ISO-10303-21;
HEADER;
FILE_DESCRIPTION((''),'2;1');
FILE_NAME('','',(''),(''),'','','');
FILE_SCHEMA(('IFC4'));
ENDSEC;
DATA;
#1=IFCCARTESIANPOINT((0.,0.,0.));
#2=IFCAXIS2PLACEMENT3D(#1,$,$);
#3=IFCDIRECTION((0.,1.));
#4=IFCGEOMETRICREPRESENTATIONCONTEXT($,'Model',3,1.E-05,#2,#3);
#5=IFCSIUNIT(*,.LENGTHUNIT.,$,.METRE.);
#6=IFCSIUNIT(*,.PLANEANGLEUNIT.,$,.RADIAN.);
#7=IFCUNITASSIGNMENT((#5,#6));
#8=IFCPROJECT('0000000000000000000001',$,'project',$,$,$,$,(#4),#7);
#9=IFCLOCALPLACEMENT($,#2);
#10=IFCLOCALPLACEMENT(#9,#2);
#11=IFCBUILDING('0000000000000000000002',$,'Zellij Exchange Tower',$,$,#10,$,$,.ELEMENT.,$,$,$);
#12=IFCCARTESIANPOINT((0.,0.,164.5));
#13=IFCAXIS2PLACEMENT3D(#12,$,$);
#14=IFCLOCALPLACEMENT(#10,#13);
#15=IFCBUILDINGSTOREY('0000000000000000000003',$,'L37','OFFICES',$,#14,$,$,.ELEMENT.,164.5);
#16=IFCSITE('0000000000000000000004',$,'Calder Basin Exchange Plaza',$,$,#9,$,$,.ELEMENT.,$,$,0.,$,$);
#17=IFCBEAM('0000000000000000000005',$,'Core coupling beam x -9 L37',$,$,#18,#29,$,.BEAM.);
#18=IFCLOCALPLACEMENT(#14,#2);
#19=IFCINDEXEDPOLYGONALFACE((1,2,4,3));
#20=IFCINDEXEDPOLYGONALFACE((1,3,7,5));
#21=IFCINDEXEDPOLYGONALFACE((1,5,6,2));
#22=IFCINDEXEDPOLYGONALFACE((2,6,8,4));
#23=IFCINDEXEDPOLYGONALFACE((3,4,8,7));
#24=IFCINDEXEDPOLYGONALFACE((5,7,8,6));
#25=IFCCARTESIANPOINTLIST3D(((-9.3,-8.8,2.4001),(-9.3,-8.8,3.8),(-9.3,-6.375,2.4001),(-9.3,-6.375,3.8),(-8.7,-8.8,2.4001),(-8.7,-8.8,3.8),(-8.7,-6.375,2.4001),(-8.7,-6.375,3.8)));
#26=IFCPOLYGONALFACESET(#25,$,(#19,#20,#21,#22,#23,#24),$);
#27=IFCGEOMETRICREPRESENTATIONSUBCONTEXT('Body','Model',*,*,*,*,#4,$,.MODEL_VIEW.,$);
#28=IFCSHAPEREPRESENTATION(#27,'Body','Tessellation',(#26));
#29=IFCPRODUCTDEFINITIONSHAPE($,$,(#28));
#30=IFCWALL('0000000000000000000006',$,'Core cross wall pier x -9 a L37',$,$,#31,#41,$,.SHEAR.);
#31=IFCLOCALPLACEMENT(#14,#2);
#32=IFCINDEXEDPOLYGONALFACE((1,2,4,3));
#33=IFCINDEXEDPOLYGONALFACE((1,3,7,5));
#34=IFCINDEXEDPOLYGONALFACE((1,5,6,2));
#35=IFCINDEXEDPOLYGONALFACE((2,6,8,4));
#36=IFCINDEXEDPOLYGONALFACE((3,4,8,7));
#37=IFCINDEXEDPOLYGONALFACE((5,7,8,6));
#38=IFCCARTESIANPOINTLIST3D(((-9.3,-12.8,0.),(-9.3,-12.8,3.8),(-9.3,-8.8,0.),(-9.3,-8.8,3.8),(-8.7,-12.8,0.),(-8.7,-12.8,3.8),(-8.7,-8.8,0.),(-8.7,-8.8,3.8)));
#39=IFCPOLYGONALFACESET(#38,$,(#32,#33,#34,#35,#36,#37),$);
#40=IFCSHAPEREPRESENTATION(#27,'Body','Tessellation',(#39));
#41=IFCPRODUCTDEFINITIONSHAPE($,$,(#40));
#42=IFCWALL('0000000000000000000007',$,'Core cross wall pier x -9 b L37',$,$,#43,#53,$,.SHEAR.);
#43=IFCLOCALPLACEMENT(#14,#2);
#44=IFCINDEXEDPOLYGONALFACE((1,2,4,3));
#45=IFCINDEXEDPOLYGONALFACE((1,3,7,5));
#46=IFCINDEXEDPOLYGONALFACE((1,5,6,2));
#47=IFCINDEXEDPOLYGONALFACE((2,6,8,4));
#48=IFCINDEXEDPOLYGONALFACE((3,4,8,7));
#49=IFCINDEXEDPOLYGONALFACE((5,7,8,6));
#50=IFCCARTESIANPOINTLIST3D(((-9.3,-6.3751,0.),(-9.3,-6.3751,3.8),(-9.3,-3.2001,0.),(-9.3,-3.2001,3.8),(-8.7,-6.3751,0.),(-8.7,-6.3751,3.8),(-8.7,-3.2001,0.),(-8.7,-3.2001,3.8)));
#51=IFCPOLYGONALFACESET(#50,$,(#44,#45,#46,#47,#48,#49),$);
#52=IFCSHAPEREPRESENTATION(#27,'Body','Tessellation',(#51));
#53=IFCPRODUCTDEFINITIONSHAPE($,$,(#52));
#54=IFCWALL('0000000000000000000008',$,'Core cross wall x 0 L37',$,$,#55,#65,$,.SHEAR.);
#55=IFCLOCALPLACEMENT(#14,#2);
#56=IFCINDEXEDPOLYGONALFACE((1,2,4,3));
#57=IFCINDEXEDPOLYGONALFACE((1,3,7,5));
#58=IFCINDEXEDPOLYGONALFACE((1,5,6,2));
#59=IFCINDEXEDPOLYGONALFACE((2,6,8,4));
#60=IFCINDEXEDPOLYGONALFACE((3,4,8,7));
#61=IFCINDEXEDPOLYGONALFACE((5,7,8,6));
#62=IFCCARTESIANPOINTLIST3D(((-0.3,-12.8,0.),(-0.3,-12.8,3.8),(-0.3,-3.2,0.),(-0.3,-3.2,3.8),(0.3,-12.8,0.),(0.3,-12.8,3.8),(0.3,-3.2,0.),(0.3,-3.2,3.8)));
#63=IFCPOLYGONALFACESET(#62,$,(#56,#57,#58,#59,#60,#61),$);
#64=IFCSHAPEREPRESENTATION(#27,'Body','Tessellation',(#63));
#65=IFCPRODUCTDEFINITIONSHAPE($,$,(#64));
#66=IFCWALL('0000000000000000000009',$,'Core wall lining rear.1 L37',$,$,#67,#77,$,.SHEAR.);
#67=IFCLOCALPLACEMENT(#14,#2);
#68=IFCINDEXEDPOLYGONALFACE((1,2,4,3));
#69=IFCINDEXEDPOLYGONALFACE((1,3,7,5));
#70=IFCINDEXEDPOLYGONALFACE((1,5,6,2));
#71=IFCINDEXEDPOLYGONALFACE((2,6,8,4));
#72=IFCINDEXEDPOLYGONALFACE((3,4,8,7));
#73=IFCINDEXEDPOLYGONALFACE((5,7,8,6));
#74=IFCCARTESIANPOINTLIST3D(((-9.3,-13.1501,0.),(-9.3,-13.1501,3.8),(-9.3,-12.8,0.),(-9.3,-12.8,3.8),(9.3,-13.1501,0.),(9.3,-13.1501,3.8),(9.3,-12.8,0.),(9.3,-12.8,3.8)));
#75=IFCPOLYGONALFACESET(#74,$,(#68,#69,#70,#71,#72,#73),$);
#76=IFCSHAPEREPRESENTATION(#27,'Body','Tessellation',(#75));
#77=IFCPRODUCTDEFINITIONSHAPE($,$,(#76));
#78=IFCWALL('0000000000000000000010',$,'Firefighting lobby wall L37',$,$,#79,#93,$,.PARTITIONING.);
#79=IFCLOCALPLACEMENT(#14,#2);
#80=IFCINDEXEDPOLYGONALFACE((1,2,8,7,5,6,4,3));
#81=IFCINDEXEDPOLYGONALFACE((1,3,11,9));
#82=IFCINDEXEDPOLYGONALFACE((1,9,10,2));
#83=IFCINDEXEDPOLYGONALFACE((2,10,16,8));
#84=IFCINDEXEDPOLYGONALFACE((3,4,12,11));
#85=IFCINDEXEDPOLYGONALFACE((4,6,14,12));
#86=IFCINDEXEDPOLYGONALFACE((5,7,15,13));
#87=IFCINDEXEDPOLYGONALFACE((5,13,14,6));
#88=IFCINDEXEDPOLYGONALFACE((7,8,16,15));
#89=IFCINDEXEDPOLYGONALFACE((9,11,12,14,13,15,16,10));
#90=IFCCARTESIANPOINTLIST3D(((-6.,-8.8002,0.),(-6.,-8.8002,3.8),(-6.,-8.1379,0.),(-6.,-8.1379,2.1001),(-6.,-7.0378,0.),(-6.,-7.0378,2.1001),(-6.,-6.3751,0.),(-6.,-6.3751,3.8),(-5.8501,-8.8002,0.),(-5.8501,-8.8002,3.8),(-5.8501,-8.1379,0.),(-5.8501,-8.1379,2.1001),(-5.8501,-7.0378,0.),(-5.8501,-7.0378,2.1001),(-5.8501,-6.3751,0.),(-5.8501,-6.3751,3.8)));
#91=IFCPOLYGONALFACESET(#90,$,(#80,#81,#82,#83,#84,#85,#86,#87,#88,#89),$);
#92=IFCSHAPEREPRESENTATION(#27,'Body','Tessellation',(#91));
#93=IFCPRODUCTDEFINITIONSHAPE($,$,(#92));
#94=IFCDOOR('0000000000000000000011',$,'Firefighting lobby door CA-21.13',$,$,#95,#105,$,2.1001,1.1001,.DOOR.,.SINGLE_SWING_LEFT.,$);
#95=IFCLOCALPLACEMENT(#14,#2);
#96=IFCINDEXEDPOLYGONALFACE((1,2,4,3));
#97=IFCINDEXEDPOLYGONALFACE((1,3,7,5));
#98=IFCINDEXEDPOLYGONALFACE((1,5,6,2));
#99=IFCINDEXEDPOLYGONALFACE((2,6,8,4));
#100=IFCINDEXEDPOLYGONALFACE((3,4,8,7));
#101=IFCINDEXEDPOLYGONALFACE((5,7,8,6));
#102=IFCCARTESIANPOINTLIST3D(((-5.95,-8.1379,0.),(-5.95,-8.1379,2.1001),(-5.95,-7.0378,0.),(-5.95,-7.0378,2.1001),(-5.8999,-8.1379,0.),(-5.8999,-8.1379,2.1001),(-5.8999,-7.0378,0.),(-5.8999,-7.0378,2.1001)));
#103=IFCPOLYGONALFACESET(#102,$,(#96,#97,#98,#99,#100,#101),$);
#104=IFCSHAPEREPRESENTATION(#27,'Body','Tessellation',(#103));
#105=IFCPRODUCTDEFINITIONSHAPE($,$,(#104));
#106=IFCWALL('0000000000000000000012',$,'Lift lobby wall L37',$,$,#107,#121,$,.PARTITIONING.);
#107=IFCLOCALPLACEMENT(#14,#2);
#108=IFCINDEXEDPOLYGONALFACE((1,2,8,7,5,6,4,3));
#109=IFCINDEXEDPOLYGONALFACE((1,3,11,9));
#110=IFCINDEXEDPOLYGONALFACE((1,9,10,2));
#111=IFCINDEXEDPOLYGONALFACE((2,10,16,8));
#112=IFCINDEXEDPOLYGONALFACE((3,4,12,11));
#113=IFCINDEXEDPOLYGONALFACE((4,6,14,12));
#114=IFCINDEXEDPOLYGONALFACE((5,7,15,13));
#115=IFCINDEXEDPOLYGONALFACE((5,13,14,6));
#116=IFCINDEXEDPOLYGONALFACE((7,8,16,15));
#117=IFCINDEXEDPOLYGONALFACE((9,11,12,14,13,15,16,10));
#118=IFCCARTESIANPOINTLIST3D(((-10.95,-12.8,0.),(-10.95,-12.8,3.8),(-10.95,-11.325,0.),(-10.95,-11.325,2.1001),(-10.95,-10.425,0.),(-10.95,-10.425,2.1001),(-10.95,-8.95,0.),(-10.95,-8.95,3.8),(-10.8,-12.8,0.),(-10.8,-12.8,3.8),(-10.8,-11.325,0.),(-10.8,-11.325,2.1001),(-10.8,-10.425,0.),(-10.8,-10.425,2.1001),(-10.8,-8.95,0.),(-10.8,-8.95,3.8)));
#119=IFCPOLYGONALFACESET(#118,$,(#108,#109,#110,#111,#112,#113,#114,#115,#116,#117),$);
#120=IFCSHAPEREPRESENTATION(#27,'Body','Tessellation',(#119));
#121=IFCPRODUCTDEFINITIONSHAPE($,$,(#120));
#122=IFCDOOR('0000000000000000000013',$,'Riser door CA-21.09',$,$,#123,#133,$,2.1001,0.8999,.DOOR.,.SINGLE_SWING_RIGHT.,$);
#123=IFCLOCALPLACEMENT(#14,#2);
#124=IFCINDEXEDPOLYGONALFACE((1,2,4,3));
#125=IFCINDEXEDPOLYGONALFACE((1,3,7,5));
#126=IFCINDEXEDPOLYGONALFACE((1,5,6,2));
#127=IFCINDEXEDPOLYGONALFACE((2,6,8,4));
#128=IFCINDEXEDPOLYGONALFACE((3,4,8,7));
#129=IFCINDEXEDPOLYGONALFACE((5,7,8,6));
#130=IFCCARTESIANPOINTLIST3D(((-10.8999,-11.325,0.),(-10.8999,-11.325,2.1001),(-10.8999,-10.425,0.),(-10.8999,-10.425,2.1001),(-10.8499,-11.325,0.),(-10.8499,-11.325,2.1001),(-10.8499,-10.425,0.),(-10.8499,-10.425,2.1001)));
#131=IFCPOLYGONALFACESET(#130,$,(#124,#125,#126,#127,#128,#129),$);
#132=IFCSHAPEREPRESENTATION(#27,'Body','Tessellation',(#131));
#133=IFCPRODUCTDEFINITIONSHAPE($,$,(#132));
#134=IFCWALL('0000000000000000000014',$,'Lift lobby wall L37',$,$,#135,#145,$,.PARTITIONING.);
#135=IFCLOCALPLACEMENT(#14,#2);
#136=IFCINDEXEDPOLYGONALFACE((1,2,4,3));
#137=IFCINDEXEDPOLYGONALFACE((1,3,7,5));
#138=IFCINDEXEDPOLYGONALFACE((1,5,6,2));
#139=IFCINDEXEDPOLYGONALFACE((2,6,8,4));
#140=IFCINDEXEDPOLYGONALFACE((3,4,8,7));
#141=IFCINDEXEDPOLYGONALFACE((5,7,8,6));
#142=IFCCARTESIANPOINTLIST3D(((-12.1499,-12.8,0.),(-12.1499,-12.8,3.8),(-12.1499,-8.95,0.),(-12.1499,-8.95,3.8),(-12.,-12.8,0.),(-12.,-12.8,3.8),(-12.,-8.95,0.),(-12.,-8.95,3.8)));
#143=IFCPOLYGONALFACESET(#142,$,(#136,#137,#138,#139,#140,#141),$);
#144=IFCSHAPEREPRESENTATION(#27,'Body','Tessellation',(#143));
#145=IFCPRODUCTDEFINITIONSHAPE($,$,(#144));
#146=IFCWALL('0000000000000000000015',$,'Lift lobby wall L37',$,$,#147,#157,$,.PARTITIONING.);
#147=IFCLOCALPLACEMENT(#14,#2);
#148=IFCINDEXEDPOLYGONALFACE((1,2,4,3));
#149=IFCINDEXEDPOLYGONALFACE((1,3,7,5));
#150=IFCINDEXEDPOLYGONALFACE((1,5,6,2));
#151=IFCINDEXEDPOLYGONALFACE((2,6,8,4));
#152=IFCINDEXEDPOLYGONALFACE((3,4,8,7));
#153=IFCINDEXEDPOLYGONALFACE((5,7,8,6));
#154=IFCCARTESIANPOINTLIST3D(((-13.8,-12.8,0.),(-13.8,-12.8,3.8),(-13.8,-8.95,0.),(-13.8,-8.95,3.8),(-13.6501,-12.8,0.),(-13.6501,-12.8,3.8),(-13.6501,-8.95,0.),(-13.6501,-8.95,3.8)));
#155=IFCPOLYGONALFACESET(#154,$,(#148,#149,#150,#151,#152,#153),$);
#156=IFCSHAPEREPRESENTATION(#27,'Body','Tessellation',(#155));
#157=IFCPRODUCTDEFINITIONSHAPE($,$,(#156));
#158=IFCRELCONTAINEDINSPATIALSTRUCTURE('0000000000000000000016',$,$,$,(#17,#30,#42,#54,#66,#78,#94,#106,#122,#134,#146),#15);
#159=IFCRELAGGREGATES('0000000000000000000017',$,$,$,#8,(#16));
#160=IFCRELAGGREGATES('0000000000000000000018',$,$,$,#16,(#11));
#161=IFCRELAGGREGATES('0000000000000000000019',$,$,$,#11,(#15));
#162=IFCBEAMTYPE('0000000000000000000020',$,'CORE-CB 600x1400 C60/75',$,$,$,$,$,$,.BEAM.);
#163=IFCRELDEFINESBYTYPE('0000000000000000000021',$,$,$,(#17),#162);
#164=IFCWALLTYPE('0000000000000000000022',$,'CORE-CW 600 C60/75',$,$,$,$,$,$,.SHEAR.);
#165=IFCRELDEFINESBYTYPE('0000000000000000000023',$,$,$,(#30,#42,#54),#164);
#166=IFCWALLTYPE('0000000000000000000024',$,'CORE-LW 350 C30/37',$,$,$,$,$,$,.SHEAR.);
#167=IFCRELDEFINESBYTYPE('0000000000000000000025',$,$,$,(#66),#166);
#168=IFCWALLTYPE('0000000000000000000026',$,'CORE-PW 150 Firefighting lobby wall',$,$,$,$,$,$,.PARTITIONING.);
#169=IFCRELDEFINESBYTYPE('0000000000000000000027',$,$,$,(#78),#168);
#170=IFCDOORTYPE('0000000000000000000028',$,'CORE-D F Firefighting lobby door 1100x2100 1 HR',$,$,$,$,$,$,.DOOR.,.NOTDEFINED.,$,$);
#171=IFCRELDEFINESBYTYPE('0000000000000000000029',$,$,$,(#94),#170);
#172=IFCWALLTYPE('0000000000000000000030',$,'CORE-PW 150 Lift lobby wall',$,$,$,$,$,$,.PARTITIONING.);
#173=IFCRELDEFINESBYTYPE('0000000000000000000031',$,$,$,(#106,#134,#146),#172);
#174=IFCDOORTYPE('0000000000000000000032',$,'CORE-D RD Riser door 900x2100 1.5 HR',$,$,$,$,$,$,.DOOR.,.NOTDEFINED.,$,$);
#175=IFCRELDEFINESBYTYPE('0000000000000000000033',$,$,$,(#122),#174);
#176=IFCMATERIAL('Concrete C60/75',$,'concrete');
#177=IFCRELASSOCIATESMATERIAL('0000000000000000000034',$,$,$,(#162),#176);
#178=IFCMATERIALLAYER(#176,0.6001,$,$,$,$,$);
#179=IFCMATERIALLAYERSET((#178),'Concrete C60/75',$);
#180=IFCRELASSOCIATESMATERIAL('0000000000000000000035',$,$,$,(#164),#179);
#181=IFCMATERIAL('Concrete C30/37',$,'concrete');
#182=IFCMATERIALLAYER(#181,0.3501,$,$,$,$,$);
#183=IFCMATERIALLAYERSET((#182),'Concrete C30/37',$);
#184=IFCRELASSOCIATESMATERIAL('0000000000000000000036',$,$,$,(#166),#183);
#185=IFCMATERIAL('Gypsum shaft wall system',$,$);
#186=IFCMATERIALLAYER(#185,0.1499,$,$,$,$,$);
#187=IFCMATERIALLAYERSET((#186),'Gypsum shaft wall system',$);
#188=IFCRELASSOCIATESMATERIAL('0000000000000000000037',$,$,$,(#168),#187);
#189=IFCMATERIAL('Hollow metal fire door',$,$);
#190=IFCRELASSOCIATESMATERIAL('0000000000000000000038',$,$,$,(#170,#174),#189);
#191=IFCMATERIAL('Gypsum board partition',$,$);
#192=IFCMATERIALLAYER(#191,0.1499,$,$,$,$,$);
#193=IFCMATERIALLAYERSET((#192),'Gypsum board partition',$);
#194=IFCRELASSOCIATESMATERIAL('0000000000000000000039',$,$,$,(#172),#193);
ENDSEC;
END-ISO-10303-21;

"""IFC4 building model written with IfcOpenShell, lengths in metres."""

from ifc_helpers import new_model, si_unit, direction, frame, frame_2d, origin, origin_2d, place, context, subcontext, project, spatial, rectangle, extrude, material, layer, layer_set, material_profile, profile_set, type_object, element, fill, save


model = new_model("IFC4")

# Units and contexts
model_context = context("Model", 3, precision=1e-05, world=origin(), true_north=direction((0.0, 1.0)))
body_context = subcontext(model_context, "Body", "Model", "MODEL_VIEW")
ifc_project = project(units=[si_unit("LENGTHUNIT", "METRE"), si_unit("PLANEANGLEUNIT", "RADIAN")], contexts=[model_context])

# Site, building, storey
site_placement = place(None, origin())
site = spatial("IfcSite", under=ifc_project, at=site_placement, Name="Calder Basin Exchange Plaza", CompositionType="ELEMENT", RefElevation=0.0)
building_placement = place(site_placement, origin())
building = spatial("IfcBuilding", under=site, at=building_placement, Name="Zellij Exchange Tower", CompositionType="ELEMENT")
storey_placement = place(building_placement, frame((0.0, 0.0, 164.5)))
storey = spatial("IfcBuildingStorey", under=building, at=storey_placement, Name="L37", Description="OFFICES", CompositionType="ELEMENT", Elevation=164.5)

# Beam
ifc_material_1 = material(Name="Concrete C60/75", Category="concrete")
ifc_material_profile = material_profile(ifc_material_1, rectangle(XDim=0.6001, YDim=1.3999, at=origin_2d()), Name="CORE-CB 600x1400 C60/75")
ifc_profile_set = profile_set([ifc_material_profile], Name="Concrete C60/75")
beam_type = type_object("IfcBeamType", Name="CORE-CB 600x1400 C60/75", PredefinedType="BEAM", material=ifc_profile_set)
beam_placement = place(storey_placement, frame((-9.0, -8.8, 3.1001), z_axis=(0.0, 1.0, 0.0), x_axis=(-1.0, 0.0, 0.0)))
element("IfcBeam", 1, at=beam_placement, inside=storey, type_object=beam_type, Name="Core coupling beam x -9 L37", PredefinedType="BEAM", context=body_context, shape_type="SweptSolid", body=[
    extrude(rectangle(XDim=0.6001, YDim=1.3999, at=origin_2d()), origin(), (0.0, 0.0, 1.0), 2.425),
])

# Walls
ifc_layer_1 = layer(ifc_material_1, 0.6001)
ifc_layer_set_1 = layer_set([ifc_layer_1], Name="Concrete C60/75")
wall_type_1 = type_object("IfcWallType", Name="CORE-CW 600 C60/75", PredefinedType="SHEAR", material=ifc_layer_set_1)
wall_1_placement = place(storey_placement, frame((-9.0, -12.8, 0.0), z_axis=(0.0, 0.0, 1.0), x_axis=(0.0, 1.0, 0.0)))
element("IfcWall", 2, at=wall_1_placement, inside=storey, type_object=wall_type_1, Name="Core cross wall pier x -9 a L37", PredefinedType="SHEAR", context=body_context, shape_type="SweptSolid", body=[
    extrude(rectangle(XDim=4.0, YDim=0.6001, at=frame_2d((2.0, 0.0))), origin(), (0.0, 0.0, 1.0), 3.8),
])
wall_2_placement = place(storey_placement, frame((-9.0, -6.375, 0.0), z_axis=(0.0, 0.0, 1.0), x_axis=(0.0, 1.0, 0.0)))
element("IfcWall", 3, at=wall_2_placement, inside=storey, type_object=wall_type_1, Name="Core cross wall pier x -9 b L37", PredefinedType="SHEAR", context=body_context, shape_type="SweptSolid", body=[
    extrude(rectangle(XDim=3.175, YDim=0.6001, at=frame_2d((1.5874, 0.0))), origin(), (0.0, 0.0, 1.0), 3.8),
])
wall_3_placement = place(storey_placement, frame((0.0, -12.8, 0.0), z_axis=(0.0, 0.0, 1.0), x_axis=(0.0, 1.0, 0.0)))
element("IfcWall", 4, at=wall_3_placement, inside=storey, type_object=wall_type_1, Name="Core cross wall x 0 L37", PredefinedType="SHEAR", context=body_context, shape_type="SweptSolid", body=[
    extrude(rectangle(XDim=9.6001, YDim=0.6001, at=frame_2d((4.8, 0.0))), origin(), (0.0, 0.0, 1.0), 3.8),
])
ifc_material_2 = material(Name="Concrete C30/37", Category="concrete")
ifc_layer_2 = layer(ifc_material_2, 0.3501)
ifc_layer_set_2 = layer_set([ifc_layer_2], Name="Concrete C30/37")
wall_type_2 = type_object("IfcWallType", Name="CORE-LW 350 C30/37", PredefinedType="SHEAR", material=ifc_layer_set_2)
wall_4_placement = place(storey_placement, frame((-9.3, -12.9751, 0.0), z_axis=(0.0, 0.0, 1.0), x_axis=(1.0, 0.0, 0.0)))
element("IfcWall", 5, at=wall_4_placement, inside=storey, type_object=wall_type_2, Name="Core wall lining rear.1 L37", PredefinedType="SHEAR", context=body_context, shape_type="SweptSolid", body=[
    extrude(rectangle(XDim=18.6001, YDim=0.3501, at=frame_2d((9.3, 0.0))), origin(), (0.0, 0.0, 1.0), 3.8),
])

# Walls, openings, doors
ifc_material_3 = material(Name="Gypsum shaft wall system")
ifc_layer_3 = layer(ifc_material_3, 0.1499)
ifc_layer_set_3 = layer_set([ifc_layer_3], Name="Gypsum shaft wall system")
wall_type_3 = type_object("IfcWallType", Name="CORE-PW 150 Firefighting lobby wall", PredefinedType="PARTITIONING", material=ifc_layer_set_3)
wall_5_placement = place(storey_placement, frame((-5.925, -8.8, 0.0), z_axis=(0.0, 0.0, 1.0), x_axis=(0.0, 1.0, 0.0)))
wall_5 = element("IfcWall", 6, at=wall_5_placement, inside=storey, type_object=wall_type_3, Name="Firefighting lobby wall L37", PredefinedType="PARTITIONING", context=body_context, shape_type="SweptSolid", body=[
    extrude(rectangle(XDim=2.425, YDim=0.1499, at=frame_2d((1.2124, 0.0))), origin(), (0.0, 0.0, 1.0), 3.8),
])
opening_1_placement = place(wall_5_placement, frame((0.6621, 0.0, 0.0)))
opening_1 = element("IfcOpeningElement", 7, at=opening_1_placement, cuts=wall_5, PredefinedType="OPENING", context=body_context, shape_type="SweptSolid", body=[
    extrude(rectangle(XDim=1.1001, YDim=2.1001, at=frame_2d((0.55, 1.05))), frame((0.0, 0.0869, 0.0), z_axis=(0.0, -1.0, 0.0), x_axis=(1.0, 0.0, 0.0)), (0.0, 0.0, 1.0), 0.1738),
])
ifc_material_4 = material(Name="Hollow metal fire door")
door_type_1 = type_object("IfcDoorType", Name="CORE-D F Firefighting lobby door 1100x2100 1 HR", OperationType="NOTDEFINED", PredefinedType="DOOR", material=ifc_material_4)
door_1_placement = place(opening_1_placement, origin())
door_1 = element("IfcDoor", 8, at=door_1_placement, inside=storey, type_object=door_type_1, Name="Firefighting lobby door CA-21.13", OperationType="SINGLE_SWING_LEFT", OverallHeight=2.1001, OverallWidth=1.1001, PredefinedType="DOOR", context=body_context, shape_type="SweptSolid", body=[
    extrude(rectangle(XDim=1.1001, YDim=2.1001, at=frame_2d((0.55, 1.05))), frame((0.0, 0.0249, 0.0), z_axis=(0.0, -1.0, 0.0), x_axis=(1.0, 0.0, 0.0)), (0.0, 0.0, 1.0), 0.05),
])
fill(opening_1, door_1)
ifc_material_5 = material(Name="Gypsum board partition")
ifc_layer_4 = layer(ifc_material_5, 0.1499)
ifc_layer_set_4 = layer_set([ifc_layer_4], Name="Gypsum board partition")
wall_type_4 = type_object("IfcWallType", Name="CORE-PW 150 Lift lobby wall", PredefinedType="PARTITIONING", material=ifc_layer_set_4)
wall_6_placement = place(storey_placement, frame((-10.875, -12.8, 0.0), z_axis=(0.0, 0.0, 1.0), x_axis=(0.0, 1.0, 0.0)))
wall_6 = element("IfcWall", 9, at=wall_6_placement, inside=storey, type_object=wall_type_4, Name="Lift lobby wall L37", PredefinedType="PARTITIONING", context=body_context, shape_type="SweptSolid", body=[
    extrude(rectangle(XDim=3.8501, YDim=0.1499, at=frame_2d((1.925, 0.0))), origin(), (0.0, 0.0, 1.0), 3.8),
])
opening_2_placement = place(wall_6_placement, frame((1.4751, 0.0, 0.0)))
opening_2 = element("IfcOpeningElement", 10, at=opening_2_placement, cuts=wall_6, PredefinedType="OPENING", context=body_context, shape_type="SweptSolid", body=[
    extrude(rectangle(XDim=0.8999, YDim=2.1001, at=frame_2d((0.45, 1.05))), frame((0.0, 0.0869, 0.0), z_axis=(0.0, -1.0, 0.0), x_axis=(1.0, 0.0, 0.0)), (0.0, 0.0, 1.0), 0.1738),
])
door_type_2 = type_object("IfcDoorType", Name="CORE-D RD Riser door 900x2100 1.5 HR", OperationType="NOTDEFINED", PredefinedType="DOOR", material=ifc_material_4)
door_2_placement = place(opening_2_placement, origin())
door_2 = element("IfcDoor", 11, at=door_2_placement, inside=storey, type_object=door_type_2, Name="Riser door CA-21.09", OperationType="SINGLE_SWING_RIGHT", OverallHeight=2.1001, OverallWidth=0.8999, PredefinedType="DOOR", context=body_context, shape_type="SweptSolid", body=[
    extrude(rectangle(XDim=0.8999, YDim=2.1001, at=frame_2d((0.45, 1.05))), frame((0.0, 0.0249, 0.0), z_axis=(0.0, -1.0, 0.0), x_axis=(1.0, 0.0, 0.0)), (0.0, 0.0, 1.0), 0.05),
])
fill(opening_2, door_2)

# Walls
for number, where, z_axis, x_axis, name in (
    (12, (-12.075, -12.8, 0.0), (0.0, 0.0, 1.0), (0.0, 1.0, 0.0), "Lift lobby wall L37"),
    (13, (-13.7251, -12.8, 0.0), (0.0, 0.0, 1.0), (0.0, 1.0, 0.0), "Lift lobby wall L37"),
):
    element("IfcWall", number, at=place(storey_placement, frame(where, z_axis=z_axis, x_axis=x_axis)), inside=storey, type_object=wall_type_4, Name=name, PredefinedType="PARTITIONING", context=body_context, shape_type="SweptSolid", body=[
        extrude(rectangle(XDim=3.8501, YDim=0.1499, at=frame_2d((1.925, 0.0))), origin(), (0.0, 0.0, 1.0), 3.8),
    ])

save(model, "model.ifc")
